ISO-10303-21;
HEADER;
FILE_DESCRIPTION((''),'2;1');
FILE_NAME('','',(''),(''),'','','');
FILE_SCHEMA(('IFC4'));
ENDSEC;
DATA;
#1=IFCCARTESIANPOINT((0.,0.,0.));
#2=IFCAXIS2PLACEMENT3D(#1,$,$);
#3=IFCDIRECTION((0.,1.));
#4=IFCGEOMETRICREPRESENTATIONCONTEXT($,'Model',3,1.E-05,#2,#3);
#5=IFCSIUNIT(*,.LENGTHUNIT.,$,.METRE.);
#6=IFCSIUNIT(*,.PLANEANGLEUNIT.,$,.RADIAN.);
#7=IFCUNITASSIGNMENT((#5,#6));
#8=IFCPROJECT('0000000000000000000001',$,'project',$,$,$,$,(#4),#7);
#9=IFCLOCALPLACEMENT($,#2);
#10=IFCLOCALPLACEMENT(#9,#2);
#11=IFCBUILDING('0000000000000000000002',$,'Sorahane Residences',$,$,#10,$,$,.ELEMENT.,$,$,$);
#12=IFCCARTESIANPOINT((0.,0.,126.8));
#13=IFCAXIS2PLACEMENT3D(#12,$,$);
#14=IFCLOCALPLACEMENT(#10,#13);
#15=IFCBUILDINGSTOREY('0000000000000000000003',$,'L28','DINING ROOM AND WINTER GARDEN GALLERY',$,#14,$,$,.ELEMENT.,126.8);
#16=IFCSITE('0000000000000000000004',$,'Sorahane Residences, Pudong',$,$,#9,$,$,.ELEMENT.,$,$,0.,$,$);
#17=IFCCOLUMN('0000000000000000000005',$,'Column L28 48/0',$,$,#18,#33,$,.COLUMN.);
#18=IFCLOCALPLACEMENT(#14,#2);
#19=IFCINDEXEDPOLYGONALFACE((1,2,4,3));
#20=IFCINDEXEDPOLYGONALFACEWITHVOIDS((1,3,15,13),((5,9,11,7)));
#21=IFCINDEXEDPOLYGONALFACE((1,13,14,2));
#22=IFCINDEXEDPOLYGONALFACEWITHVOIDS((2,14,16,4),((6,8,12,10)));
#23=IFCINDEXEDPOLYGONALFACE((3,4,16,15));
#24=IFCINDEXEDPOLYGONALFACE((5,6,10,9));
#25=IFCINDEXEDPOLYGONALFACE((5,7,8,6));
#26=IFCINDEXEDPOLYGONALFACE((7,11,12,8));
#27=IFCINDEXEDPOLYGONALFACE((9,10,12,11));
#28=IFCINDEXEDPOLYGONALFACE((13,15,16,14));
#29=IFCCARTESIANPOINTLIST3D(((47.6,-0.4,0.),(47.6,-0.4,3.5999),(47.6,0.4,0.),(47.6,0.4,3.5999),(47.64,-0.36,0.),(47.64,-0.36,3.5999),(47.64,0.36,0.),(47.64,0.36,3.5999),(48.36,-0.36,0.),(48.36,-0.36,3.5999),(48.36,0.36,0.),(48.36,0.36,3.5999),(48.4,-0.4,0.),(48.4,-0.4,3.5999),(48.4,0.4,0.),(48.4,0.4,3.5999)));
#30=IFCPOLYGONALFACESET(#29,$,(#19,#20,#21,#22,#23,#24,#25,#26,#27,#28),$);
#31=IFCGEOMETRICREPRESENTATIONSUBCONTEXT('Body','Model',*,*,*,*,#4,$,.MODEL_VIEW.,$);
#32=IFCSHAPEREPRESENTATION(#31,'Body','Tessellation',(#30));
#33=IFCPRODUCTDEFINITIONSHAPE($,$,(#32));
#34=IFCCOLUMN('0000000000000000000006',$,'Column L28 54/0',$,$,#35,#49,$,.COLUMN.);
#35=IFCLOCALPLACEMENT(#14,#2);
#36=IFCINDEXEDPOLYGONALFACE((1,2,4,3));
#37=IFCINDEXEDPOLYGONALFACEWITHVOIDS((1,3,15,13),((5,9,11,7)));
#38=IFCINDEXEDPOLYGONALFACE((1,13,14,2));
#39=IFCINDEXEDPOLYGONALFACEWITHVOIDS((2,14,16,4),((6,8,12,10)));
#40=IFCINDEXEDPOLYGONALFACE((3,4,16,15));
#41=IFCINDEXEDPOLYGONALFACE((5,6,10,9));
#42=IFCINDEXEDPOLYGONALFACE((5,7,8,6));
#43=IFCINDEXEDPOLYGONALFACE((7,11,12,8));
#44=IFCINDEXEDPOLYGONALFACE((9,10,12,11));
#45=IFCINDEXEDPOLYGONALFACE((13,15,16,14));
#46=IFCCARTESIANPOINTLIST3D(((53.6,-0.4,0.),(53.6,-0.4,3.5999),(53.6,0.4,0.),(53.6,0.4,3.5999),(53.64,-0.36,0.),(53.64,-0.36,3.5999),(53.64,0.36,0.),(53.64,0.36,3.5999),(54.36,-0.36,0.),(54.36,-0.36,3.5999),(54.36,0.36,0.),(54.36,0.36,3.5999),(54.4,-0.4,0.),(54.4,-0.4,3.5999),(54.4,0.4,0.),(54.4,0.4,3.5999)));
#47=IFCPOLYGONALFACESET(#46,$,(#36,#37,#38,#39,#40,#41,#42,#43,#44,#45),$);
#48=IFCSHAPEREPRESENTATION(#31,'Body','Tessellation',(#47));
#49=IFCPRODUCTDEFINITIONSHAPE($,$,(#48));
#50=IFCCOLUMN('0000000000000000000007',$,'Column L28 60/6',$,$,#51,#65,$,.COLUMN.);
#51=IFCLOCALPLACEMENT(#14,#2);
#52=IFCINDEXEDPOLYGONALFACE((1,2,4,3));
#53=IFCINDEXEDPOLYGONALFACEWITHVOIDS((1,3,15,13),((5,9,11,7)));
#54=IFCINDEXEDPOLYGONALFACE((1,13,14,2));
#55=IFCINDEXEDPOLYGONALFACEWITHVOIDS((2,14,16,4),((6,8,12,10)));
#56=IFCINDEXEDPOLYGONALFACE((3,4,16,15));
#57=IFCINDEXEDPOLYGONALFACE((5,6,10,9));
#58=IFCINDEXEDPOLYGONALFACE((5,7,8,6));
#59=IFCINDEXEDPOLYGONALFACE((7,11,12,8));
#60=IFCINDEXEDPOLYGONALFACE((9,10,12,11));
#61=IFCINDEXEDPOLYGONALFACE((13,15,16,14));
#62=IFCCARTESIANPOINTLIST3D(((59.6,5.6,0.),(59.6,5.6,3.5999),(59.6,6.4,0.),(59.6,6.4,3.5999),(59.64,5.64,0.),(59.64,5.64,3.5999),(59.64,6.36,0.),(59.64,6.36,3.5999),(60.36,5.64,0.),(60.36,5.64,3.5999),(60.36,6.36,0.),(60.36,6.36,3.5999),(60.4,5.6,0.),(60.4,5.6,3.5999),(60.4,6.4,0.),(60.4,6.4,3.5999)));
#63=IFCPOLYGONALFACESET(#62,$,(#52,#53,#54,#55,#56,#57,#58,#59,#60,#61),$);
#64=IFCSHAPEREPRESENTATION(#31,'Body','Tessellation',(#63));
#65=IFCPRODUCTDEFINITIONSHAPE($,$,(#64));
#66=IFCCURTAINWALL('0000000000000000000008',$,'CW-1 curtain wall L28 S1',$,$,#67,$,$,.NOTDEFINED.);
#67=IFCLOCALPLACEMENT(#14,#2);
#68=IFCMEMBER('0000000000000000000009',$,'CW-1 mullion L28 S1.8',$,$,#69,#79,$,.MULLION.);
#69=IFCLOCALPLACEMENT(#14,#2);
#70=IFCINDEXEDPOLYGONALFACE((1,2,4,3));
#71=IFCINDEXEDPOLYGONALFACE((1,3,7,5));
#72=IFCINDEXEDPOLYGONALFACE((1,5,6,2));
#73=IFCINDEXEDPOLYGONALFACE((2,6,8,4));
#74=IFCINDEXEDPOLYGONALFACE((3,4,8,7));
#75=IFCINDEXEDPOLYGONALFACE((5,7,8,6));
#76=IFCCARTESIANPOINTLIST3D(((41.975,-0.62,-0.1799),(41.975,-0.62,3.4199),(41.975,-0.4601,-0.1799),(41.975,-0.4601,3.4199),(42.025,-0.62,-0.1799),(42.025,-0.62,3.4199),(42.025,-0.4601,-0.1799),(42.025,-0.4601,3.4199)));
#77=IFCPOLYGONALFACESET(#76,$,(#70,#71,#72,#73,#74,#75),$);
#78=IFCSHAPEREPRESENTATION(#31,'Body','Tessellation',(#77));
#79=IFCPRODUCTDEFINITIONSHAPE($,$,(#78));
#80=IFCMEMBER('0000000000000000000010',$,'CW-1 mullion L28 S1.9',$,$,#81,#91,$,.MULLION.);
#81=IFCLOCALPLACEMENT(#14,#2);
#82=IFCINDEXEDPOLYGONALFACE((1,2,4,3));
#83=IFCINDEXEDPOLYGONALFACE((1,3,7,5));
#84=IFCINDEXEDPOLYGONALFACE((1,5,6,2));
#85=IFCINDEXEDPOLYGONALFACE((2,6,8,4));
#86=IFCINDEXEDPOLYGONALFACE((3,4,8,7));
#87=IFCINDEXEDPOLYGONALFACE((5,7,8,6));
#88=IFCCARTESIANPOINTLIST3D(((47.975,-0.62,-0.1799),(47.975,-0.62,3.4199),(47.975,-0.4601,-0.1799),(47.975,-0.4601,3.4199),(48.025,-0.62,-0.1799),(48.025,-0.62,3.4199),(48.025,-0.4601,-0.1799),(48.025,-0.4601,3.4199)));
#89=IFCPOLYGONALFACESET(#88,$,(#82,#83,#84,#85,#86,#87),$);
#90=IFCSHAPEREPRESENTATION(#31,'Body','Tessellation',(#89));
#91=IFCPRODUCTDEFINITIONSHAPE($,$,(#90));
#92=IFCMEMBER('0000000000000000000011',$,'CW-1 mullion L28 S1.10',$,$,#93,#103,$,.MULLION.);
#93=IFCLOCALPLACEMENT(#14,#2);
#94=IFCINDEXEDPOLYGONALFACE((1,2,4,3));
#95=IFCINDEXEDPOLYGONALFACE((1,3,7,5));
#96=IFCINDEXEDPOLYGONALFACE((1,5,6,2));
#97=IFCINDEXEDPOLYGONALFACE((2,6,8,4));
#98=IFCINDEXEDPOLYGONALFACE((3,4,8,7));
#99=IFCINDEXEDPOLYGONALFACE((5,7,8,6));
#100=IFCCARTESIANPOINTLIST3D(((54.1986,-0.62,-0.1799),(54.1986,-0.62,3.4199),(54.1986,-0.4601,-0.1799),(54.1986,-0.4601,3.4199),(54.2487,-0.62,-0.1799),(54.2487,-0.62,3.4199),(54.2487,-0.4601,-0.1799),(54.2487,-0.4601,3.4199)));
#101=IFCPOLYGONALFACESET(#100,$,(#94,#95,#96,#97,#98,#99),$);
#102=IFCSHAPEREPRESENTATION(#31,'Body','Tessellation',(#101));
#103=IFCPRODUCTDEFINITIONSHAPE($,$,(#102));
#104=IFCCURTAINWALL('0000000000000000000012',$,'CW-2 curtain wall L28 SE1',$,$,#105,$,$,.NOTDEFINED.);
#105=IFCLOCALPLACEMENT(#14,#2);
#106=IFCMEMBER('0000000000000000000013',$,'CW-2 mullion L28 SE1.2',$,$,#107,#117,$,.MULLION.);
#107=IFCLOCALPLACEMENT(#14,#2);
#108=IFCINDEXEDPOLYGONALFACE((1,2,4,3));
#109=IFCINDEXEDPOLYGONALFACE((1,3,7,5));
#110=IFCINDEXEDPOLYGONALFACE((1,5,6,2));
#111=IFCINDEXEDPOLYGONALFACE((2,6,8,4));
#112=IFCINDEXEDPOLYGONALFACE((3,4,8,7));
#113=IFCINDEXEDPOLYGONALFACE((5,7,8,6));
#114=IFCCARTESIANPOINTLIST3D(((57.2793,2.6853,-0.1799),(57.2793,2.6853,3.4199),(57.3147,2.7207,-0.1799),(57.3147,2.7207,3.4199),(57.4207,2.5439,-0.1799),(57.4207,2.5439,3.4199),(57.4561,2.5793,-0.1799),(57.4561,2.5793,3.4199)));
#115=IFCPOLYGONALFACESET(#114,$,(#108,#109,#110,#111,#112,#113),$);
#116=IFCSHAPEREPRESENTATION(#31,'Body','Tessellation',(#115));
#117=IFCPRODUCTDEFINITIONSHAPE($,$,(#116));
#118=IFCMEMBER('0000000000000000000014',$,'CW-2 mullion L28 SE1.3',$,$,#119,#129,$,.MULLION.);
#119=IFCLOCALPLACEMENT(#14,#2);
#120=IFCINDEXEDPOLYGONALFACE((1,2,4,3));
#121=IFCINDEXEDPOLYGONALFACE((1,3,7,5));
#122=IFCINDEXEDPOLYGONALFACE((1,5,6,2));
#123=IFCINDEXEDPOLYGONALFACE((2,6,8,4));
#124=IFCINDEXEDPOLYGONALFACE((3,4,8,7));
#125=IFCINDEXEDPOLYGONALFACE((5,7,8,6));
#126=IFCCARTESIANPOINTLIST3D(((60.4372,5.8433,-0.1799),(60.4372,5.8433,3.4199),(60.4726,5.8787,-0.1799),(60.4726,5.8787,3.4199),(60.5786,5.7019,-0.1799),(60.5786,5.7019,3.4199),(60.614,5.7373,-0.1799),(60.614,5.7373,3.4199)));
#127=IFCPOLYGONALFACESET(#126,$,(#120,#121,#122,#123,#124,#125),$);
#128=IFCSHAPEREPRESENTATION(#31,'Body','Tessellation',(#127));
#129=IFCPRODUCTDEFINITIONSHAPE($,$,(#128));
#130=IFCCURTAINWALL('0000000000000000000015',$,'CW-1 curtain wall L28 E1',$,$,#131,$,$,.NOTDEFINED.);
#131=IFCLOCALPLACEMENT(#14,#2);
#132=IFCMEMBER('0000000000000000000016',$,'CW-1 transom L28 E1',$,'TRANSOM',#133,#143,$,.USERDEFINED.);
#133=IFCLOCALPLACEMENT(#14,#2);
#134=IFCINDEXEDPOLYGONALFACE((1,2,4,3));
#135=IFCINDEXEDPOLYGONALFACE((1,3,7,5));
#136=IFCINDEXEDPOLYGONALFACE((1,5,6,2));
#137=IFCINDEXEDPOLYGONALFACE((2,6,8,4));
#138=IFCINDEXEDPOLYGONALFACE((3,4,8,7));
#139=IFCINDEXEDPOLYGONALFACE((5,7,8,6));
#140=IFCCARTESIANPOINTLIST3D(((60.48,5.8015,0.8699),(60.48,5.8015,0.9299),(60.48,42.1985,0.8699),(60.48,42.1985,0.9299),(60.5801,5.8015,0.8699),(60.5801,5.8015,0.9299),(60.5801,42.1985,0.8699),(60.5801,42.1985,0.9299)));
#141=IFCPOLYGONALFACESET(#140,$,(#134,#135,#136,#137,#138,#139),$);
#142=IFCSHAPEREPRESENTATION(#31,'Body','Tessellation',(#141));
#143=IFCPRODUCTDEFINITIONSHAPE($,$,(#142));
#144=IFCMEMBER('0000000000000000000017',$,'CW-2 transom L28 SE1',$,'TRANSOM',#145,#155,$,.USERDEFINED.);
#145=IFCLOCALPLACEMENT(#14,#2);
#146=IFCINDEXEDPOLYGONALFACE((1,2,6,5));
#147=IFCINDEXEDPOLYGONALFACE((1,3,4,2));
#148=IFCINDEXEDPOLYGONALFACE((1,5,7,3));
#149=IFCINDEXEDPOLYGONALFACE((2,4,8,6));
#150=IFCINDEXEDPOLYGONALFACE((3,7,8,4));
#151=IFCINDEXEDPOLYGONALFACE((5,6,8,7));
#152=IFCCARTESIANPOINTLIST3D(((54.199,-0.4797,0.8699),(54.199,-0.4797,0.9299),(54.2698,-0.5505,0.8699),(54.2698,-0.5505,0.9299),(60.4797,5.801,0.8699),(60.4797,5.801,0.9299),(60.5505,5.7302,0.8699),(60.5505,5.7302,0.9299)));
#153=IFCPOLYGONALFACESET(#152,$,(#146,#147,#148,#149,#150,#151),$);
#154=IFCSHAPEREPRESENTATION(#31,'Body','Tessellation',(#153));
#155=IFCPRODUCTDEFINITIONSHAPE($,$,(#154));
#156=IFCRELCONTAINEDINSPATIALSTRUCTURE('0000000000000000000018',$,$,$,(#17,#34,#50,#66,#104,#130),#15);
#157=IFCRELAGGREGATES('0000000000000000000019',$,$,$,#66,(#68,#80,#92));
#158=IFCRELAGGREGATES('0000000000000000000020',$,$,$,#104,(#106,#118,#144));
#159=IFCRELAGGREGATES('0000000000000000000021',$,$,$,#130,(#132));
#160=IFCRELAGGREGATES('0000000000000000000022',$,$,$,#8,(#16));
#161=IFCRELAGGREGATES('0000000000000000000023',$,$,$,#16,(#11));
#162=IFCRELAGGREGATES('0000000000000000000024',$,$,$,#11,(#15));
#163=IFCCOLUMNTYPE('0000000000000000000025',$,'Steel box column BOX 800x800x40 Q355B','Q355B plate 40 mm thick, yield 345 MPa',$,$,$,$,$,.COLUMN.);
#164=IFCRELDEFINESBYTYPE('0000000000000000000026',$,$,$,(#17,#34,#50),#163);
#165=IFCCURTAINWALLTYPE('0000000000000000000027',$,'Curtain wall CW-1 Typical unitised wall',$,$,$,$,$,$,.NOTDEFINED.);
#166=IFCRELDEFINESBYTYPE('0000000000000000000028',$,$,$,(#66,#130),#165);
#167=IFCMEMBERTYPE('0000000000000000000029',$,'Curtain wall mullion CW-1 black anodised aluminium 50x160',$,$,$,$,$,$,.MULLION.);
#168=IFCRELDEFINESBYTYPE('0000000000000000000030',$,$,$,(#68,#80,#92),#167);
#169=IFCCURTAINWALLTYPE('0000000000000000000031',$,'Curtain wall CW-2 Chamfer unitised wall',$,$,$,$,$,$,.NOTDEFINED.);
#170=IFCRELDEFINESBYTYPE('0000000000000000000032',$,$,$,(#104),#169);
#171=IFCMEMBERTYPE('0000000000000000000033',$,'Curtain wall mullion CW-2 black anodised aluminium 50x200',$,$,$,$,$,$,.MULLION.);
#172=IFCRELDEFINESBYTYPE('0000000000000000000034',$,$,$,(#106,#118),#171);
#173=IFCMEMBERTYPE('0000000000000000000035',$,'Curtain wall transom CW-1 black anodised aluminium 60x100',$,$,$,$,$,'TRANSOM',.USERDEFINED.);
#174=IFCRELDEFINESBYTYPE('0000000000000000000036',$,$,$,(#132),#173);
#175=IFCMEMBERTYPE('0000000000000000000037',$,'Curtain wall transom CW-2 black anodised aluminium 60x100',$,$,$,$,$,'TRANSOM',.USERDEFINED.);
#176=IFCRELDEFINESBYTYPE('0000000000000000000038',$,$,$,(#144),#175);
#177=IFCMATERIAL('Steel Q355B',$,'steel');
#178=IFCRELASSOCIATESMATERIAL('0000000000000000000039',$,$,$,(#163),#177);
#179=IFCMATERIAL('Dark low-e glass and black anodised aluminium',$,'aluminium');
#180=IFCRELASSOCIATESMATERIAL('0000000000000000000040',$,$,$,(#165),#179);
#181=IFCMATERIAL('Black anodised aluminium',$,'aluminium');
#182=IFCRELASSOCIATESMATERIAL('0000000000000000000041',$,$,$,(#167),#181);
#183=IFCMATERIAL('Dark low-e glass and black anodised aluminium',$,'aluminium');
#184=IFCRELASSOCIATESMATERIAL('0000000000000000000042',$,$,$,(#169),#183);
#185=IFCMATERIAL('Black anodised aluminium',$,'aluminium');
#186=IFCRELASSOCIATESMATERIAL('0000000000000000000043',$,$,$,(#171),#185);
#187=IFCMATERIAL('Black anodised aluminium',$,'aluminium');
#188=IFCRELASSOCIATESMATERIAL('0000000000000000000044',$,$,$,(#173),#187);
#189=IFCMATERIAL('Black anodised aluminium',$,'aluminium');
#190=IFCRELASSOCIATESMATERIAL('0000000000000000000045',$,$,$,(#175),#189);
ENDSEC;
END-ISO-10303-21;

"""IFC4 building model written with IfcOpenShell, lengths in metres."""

from ifc_helpers import new_model, si_unit, direction, frame, origin, origin_2d, place, context, subcontext, project, spatial, rectangle, hollow_rectangle, extrude, material, material_profile, profile_set, type_object, element, aggregate, save


model = new_model("IFC4")

# Units and contexts
model_context = context("Model", 3, precision=1e-05, world=origin(), true_north=direction((0.0, 1.0)))
body_context = subcontext(model_context, "Body", "Model", "MODEL_VIEW")
ifc_project = project(units=[si_unit("LENGTHUNIT", "METRE"), si_unit("PLANEANGLEUNIT", "RADIAN")], contexts=[model_context])

# Site, building, storey
site_placement = place(None, origin())
site = spatial("IfcSite", under=ifc_project, at=site_placement, Name="Sorahane Residences, Pudong", CompositionType="ELEMENT", RefElevation=0.0)
building_placement = place(site_placement, origin())
building = spatial("IfcBuilding", under=site, at=building_placement, Name="Sorahane Residences", CompositionType="ELEMENT")
storey_placement = place(building_placement, frame((0.0, 0.0, 126.8)))
storey = spatial("IfcBuildingStorey", under=building, at=storey_placement, Name="L28", Description="DINING ROOM AND WINTER GARDEN GALLERY", CompositionType="ELEMENT", Elevation=126.8)

# Columns
ifc_material_1 = material(Name="Steel Q355B", Category="steel")
ifc_material_profile_1 = material_profile(ifc_material_1, hollow_rectangle(XDim=0.8, YDim=0.8, WallThickness=0.04, at=origin_2d()), Name="BOX 800x800x40")
ifc_profile_set_1 = profile_set([ifc_material_profile_1], Name="Steel Q355B")
column_type = type_object("IfcColumnType", Name="Steel box column BOX 800x800x40 Q355B", Description="Q355B plate 40 mm thick, yield 345 MPa", PredefinedType="COLUMN", material=ifc_profile_set_1)
for number, where, z_axis, x_axis, name in (
    (1, (48.0, 0.0, 0.0), (0.0, 0.0, 1.0), (1.0, 0.0, 0.0), "Column L28 48/0"),
    (2, (54.0, 0.0, 0.0), (0.0, 0.0, 1.0), (1.0, 0.0, 0.0), "Column L28 54/0"),
    (3, (60.0, 6.0, 0.0), (0.0, 0.0, 1.0), (1.0, 0.0, 0.0), "Column L28 60/6"),
):
    element("IfcColumn", number, at=place(storey_placement, frame(where, z_axis=z_axis, x_axis=x_axis)), inside=storey, type_object=column_type, Name=name, PredefinedType="COLUMN", context=body_context, shape_type="SweptSolid", body=[
        extrude(hollow_rectangle(XDim=0.8, YDim=0.8, WallThickness=0.04, at=origin_2d()), origin(), (0.0, 0.0, 1.0), 3.5999),
    ])

# Curtain walls, members
ifc_material_2 = material(Name="Dark low-e glass and black anodised aluminium", Category="aluminium")
curtain_wall_type_1 = type_object("IfcCurtainWallType", Name="Curtain wall CW-1 Typical unitised wall", PredefinedType="NOTDEFINED", material=ifc_material_2)
curtain_wall_1_placement = place(storey_placement, origin())
curtain_wall_1 = element("IfcCurtainWall", 4, at=curtain_wall_1_placement, inside=storey, type_object=curtain_wall_type_1, Name="CW-1 curtain wall L28 S1", PredefinedType="NOTDEFINED")
ifc_material_3 = material(Name="Black anodised aluminium", Category="aluminium")
ifc_material_profile_2 = material_profile(ifc_material_3, rectangle(XDim=0.1599, YDim=0.05, at=origin_2d()), Name="Curtain wall mullion CW-1 black anodised aluminium 50x160")
ifc_profile_set_2 = profile_set([ifc_material_profile_2], Name="Black anodised aluminium")
member_type_1 = type_object("IfcMemberType", Name="Curtain wall mullion CW-1 black anodised aluminium 50x160", PredefinedType="MULLION", material=ifc_profile_set_2)
member_1_placement = place(storey_placement, frame((42.0, -0.54, -0.1799), z_axis=(0.0, 0.0, 1.0), x_axis=(0.0, -1.0, 0.0)))
member_1 = element("IfcMember", 5, at=member_1_placement, type_object=member_type_1, Name="CW-1 mullion L28 S1.8", PredefinedType="MULLION", context=body_context, shape_type="SweptSolid", body=[
    extrude(rectangle(XDim=0.1599, YDim=0.05, at=origin_2d()), origin(), (0.0, 0.0, 1.0), 3.5999),
])
member_2_placement = place(storey_placement, frame((48.0, -0.54, -0.1799), z_axis=(0.0, 0.0, 1.0), x_axis=(0.0, -1.0, 0.0)))
member_2 = element("IfcMember", 6, at=member_2_placement, type_object=member_type_1, Name="CW-1 mullion L28 S1.9", PredefinedType="MULLION", context=body_context, shape_type="SweptSolid", body=[
    extrude(rectangle(XDim=0.1599, YDim=0.05, at=origin_2d()), origin(), (0.0, 0.0, 1.0), 3.5999),
])
member_3_placement = place(storey_placement, frame((54.2236, -0.54, -0.1799), z_axis=(0.0, 0.0, 1.0), x_axis=(0.0, -1.0, 0.0)))
member_3 = element("IfcMember", 7, at=member_3_placement, type_object=member_type_1, Name="CW-1 mullion L28 S1.10", PredefinedType="MULLION", context=body_context, shape_type="SweptSolid", body=[
    extrude(rectangle(XDim=0.1599, YDim=0.05, at=origin_2d()), origin(), (0.0, 0.0, 1.0), 3.5999),
])
ifc_material_4 = material(Name="Dark low-e glass and black anodised aluminium", Category="aluminium")
curtain_wall_type_2 = type_object("IfcCurtainWallType", Name="Curtain wall CW-2 Chamfer unitised wall", PredefinedType="NOTDEFINED", material=ifc_material_4)
curtain_wall_2_placement = place(storey_placement, origin())
curtain_wall_2 = element("IfcCurtainWall", 8, at=curtain_wall_2_placement, inside=storey, type_object=curtain_wall_type_2, Name="CW-2 curtain wall L28 SE1", PredefinedType="NOTDEFINED")
ifc_material_5 = material(Name="Black anodised aluminium", Category="aluminium")
ifc_material_profile_3 = material_profile(ifc_material_5, rectangle(XDim=0.2, YDim=0.05, at=origin_2d()), Name="Curtain wall mullion CW-2 black anodised aluminium 50x200")
ifc_profile_set_3 = profile_set([ifc_material_profile_3], Name="Black anodised aluminium")
member_type_2 = type_object("IfcMemberType", Name="Curtain wall mullion CW-2 black anodised aluminium 50x200", PredefinedType="MULLION", material=ifc_profile_set_3)
member_4_placement = place(storey_placement, frame((57.3677, 2.6323, -0.1799), z_axis=(0.0, 0.0, 1.0), x_axis=(0.707107, -0.707107, 0.0)))
member_4 = element("IfcMember", 9, at=member_4_placement, type_object=member_type_2, Name="CW-2 mullion L28 SE1.2", PredefinedType="MULLION", context=body_context, shape_type="SweptSolid", body=[
    extrude(rectangle(XDim=0.2, YDim=0.05, at=origin_2d()), origin(), (0.0, 0.0, 1.0), 3.5999),
])
member_5_placement = place(storey_placement, frame((60.5256, 5.7903, -0.1799), z_axis=(0.0, 0.0, 1.0), x_axis=(0.707107, -0.707107, 0.0)))
member_5 = element("IfcMember", 10, at=member_5_placement, type_object=member_type_2, Name="CW-2 mullion L28 SE1.3", PredefinedType="MULLION", context=body_context, shape_type="SweptSolid", body=[
    extrude(rectangle(XDim=0.2, YDim=0.05, at=origin_2d()), origin(), (0.0, 0.0, 1.0), 3.5999),
])

# Curtain wall, member
curtain_wall_3_placement = place(storey_placement, origin())
curtain_wall_3 = element("IfcCurtainWall", 11, at=curtain_wall_3_placement, inside=storey, type_object=curtain_wall_type_1, Name="CW-1 curtain wall L28 E1", PredefinedType="NOTDEFINED")
ifc_material_6 = material(Name="Black anodised aluminium", Category="aluminium")
ifc_material_profile_4 = material_profile(ifc_material_6, rectangle(XDim=0.1001, YDim=0.0601, at=origin_2d()), Name="Curtain wall transom CW-1 black anodised aluminium 60x100")
ifc_profile_set_4 = profile_set([ifc_material_profile_4], Name="Black anodised aluminium")
member_type_3 = type_object("IfcMemberType", Name="Curtain wall transom CW-1 black anodised aluminium 60x100", ElementType="TRANSOM", PredefinedType="USERDEFINED", material=ifc_profile_set_4)
member_6_placement = place(storey_placement, frame((60.53, 5.8015, 0.8999), z_axis=(0.0, 1.0, 0.0), x_axis=(-1.0, 0.0, 0.0)))
member_6 = element("IfcMember", 12, at=member_6_placement, type_object=member_type_3, Name="CW-1 transom L28 E1", ObjectType="TRANSOM", PredefinedType="USERDEFINED", context=body_context, shape_type="SweptSolid", body=[
    extrude(rectangle(XDim=0.1001, YDim=0.0601, at=origin_2d()), origin(), (0.0, 0.0, 1.0), 36.397),
])

# Member
ifc_material_7 = material(Name="Black anodised aluminium", Category="aluminium")
ifc_material_profile_5 = material_profile(ifc_material_7, rectangle(XDim=0.1001, YDim=0.0601, at=origin_2d()), Name="Curtain wall transom CW-2 black anodised aluminium 60x100")
ifc_profile_set_5 = profile_set([ifc_material_profile_5], Name="Black anodised aluminium")
member_type_4 = type_object("IfcMemberType", Name="Curtain wall transom CW-2 black anodised aluminium 60x100", ElementType="TRANSOM", PredefinedType="USERDEFINED", material=ifc_profile_set_5)
member_7_placement = place(storey_placement, frame((54.2344, -0.5151, 0.8999), z_axis=(0.707107, 0.707107, 0.0), x_axis=(-0.707107, 0.707107, 0.0)))
member_7 = element("IfcMember", 13, at=member_7_placement, type_object=member_type_4, Name="CW-2 transom L28 SE1", ObjectType="TRANSOM", PredefinedType="USERDEFINED", context=body_context, shape_type="SweptSolid", body=[
    extrude(rectangle(XDim=0.1001, YDim=0.0601, at=origin_2d()), origin(), (0.0, 0.0, 1.0), 8.8823),
])

aggregate(curtain_wall_1, [member_1, member_2, member_3])
aggregate(curtain_wall_2, [member_4, member_5, member_7])
aggregate(curtain_wall_3, [member_6])

save(model, "model.ifc")
